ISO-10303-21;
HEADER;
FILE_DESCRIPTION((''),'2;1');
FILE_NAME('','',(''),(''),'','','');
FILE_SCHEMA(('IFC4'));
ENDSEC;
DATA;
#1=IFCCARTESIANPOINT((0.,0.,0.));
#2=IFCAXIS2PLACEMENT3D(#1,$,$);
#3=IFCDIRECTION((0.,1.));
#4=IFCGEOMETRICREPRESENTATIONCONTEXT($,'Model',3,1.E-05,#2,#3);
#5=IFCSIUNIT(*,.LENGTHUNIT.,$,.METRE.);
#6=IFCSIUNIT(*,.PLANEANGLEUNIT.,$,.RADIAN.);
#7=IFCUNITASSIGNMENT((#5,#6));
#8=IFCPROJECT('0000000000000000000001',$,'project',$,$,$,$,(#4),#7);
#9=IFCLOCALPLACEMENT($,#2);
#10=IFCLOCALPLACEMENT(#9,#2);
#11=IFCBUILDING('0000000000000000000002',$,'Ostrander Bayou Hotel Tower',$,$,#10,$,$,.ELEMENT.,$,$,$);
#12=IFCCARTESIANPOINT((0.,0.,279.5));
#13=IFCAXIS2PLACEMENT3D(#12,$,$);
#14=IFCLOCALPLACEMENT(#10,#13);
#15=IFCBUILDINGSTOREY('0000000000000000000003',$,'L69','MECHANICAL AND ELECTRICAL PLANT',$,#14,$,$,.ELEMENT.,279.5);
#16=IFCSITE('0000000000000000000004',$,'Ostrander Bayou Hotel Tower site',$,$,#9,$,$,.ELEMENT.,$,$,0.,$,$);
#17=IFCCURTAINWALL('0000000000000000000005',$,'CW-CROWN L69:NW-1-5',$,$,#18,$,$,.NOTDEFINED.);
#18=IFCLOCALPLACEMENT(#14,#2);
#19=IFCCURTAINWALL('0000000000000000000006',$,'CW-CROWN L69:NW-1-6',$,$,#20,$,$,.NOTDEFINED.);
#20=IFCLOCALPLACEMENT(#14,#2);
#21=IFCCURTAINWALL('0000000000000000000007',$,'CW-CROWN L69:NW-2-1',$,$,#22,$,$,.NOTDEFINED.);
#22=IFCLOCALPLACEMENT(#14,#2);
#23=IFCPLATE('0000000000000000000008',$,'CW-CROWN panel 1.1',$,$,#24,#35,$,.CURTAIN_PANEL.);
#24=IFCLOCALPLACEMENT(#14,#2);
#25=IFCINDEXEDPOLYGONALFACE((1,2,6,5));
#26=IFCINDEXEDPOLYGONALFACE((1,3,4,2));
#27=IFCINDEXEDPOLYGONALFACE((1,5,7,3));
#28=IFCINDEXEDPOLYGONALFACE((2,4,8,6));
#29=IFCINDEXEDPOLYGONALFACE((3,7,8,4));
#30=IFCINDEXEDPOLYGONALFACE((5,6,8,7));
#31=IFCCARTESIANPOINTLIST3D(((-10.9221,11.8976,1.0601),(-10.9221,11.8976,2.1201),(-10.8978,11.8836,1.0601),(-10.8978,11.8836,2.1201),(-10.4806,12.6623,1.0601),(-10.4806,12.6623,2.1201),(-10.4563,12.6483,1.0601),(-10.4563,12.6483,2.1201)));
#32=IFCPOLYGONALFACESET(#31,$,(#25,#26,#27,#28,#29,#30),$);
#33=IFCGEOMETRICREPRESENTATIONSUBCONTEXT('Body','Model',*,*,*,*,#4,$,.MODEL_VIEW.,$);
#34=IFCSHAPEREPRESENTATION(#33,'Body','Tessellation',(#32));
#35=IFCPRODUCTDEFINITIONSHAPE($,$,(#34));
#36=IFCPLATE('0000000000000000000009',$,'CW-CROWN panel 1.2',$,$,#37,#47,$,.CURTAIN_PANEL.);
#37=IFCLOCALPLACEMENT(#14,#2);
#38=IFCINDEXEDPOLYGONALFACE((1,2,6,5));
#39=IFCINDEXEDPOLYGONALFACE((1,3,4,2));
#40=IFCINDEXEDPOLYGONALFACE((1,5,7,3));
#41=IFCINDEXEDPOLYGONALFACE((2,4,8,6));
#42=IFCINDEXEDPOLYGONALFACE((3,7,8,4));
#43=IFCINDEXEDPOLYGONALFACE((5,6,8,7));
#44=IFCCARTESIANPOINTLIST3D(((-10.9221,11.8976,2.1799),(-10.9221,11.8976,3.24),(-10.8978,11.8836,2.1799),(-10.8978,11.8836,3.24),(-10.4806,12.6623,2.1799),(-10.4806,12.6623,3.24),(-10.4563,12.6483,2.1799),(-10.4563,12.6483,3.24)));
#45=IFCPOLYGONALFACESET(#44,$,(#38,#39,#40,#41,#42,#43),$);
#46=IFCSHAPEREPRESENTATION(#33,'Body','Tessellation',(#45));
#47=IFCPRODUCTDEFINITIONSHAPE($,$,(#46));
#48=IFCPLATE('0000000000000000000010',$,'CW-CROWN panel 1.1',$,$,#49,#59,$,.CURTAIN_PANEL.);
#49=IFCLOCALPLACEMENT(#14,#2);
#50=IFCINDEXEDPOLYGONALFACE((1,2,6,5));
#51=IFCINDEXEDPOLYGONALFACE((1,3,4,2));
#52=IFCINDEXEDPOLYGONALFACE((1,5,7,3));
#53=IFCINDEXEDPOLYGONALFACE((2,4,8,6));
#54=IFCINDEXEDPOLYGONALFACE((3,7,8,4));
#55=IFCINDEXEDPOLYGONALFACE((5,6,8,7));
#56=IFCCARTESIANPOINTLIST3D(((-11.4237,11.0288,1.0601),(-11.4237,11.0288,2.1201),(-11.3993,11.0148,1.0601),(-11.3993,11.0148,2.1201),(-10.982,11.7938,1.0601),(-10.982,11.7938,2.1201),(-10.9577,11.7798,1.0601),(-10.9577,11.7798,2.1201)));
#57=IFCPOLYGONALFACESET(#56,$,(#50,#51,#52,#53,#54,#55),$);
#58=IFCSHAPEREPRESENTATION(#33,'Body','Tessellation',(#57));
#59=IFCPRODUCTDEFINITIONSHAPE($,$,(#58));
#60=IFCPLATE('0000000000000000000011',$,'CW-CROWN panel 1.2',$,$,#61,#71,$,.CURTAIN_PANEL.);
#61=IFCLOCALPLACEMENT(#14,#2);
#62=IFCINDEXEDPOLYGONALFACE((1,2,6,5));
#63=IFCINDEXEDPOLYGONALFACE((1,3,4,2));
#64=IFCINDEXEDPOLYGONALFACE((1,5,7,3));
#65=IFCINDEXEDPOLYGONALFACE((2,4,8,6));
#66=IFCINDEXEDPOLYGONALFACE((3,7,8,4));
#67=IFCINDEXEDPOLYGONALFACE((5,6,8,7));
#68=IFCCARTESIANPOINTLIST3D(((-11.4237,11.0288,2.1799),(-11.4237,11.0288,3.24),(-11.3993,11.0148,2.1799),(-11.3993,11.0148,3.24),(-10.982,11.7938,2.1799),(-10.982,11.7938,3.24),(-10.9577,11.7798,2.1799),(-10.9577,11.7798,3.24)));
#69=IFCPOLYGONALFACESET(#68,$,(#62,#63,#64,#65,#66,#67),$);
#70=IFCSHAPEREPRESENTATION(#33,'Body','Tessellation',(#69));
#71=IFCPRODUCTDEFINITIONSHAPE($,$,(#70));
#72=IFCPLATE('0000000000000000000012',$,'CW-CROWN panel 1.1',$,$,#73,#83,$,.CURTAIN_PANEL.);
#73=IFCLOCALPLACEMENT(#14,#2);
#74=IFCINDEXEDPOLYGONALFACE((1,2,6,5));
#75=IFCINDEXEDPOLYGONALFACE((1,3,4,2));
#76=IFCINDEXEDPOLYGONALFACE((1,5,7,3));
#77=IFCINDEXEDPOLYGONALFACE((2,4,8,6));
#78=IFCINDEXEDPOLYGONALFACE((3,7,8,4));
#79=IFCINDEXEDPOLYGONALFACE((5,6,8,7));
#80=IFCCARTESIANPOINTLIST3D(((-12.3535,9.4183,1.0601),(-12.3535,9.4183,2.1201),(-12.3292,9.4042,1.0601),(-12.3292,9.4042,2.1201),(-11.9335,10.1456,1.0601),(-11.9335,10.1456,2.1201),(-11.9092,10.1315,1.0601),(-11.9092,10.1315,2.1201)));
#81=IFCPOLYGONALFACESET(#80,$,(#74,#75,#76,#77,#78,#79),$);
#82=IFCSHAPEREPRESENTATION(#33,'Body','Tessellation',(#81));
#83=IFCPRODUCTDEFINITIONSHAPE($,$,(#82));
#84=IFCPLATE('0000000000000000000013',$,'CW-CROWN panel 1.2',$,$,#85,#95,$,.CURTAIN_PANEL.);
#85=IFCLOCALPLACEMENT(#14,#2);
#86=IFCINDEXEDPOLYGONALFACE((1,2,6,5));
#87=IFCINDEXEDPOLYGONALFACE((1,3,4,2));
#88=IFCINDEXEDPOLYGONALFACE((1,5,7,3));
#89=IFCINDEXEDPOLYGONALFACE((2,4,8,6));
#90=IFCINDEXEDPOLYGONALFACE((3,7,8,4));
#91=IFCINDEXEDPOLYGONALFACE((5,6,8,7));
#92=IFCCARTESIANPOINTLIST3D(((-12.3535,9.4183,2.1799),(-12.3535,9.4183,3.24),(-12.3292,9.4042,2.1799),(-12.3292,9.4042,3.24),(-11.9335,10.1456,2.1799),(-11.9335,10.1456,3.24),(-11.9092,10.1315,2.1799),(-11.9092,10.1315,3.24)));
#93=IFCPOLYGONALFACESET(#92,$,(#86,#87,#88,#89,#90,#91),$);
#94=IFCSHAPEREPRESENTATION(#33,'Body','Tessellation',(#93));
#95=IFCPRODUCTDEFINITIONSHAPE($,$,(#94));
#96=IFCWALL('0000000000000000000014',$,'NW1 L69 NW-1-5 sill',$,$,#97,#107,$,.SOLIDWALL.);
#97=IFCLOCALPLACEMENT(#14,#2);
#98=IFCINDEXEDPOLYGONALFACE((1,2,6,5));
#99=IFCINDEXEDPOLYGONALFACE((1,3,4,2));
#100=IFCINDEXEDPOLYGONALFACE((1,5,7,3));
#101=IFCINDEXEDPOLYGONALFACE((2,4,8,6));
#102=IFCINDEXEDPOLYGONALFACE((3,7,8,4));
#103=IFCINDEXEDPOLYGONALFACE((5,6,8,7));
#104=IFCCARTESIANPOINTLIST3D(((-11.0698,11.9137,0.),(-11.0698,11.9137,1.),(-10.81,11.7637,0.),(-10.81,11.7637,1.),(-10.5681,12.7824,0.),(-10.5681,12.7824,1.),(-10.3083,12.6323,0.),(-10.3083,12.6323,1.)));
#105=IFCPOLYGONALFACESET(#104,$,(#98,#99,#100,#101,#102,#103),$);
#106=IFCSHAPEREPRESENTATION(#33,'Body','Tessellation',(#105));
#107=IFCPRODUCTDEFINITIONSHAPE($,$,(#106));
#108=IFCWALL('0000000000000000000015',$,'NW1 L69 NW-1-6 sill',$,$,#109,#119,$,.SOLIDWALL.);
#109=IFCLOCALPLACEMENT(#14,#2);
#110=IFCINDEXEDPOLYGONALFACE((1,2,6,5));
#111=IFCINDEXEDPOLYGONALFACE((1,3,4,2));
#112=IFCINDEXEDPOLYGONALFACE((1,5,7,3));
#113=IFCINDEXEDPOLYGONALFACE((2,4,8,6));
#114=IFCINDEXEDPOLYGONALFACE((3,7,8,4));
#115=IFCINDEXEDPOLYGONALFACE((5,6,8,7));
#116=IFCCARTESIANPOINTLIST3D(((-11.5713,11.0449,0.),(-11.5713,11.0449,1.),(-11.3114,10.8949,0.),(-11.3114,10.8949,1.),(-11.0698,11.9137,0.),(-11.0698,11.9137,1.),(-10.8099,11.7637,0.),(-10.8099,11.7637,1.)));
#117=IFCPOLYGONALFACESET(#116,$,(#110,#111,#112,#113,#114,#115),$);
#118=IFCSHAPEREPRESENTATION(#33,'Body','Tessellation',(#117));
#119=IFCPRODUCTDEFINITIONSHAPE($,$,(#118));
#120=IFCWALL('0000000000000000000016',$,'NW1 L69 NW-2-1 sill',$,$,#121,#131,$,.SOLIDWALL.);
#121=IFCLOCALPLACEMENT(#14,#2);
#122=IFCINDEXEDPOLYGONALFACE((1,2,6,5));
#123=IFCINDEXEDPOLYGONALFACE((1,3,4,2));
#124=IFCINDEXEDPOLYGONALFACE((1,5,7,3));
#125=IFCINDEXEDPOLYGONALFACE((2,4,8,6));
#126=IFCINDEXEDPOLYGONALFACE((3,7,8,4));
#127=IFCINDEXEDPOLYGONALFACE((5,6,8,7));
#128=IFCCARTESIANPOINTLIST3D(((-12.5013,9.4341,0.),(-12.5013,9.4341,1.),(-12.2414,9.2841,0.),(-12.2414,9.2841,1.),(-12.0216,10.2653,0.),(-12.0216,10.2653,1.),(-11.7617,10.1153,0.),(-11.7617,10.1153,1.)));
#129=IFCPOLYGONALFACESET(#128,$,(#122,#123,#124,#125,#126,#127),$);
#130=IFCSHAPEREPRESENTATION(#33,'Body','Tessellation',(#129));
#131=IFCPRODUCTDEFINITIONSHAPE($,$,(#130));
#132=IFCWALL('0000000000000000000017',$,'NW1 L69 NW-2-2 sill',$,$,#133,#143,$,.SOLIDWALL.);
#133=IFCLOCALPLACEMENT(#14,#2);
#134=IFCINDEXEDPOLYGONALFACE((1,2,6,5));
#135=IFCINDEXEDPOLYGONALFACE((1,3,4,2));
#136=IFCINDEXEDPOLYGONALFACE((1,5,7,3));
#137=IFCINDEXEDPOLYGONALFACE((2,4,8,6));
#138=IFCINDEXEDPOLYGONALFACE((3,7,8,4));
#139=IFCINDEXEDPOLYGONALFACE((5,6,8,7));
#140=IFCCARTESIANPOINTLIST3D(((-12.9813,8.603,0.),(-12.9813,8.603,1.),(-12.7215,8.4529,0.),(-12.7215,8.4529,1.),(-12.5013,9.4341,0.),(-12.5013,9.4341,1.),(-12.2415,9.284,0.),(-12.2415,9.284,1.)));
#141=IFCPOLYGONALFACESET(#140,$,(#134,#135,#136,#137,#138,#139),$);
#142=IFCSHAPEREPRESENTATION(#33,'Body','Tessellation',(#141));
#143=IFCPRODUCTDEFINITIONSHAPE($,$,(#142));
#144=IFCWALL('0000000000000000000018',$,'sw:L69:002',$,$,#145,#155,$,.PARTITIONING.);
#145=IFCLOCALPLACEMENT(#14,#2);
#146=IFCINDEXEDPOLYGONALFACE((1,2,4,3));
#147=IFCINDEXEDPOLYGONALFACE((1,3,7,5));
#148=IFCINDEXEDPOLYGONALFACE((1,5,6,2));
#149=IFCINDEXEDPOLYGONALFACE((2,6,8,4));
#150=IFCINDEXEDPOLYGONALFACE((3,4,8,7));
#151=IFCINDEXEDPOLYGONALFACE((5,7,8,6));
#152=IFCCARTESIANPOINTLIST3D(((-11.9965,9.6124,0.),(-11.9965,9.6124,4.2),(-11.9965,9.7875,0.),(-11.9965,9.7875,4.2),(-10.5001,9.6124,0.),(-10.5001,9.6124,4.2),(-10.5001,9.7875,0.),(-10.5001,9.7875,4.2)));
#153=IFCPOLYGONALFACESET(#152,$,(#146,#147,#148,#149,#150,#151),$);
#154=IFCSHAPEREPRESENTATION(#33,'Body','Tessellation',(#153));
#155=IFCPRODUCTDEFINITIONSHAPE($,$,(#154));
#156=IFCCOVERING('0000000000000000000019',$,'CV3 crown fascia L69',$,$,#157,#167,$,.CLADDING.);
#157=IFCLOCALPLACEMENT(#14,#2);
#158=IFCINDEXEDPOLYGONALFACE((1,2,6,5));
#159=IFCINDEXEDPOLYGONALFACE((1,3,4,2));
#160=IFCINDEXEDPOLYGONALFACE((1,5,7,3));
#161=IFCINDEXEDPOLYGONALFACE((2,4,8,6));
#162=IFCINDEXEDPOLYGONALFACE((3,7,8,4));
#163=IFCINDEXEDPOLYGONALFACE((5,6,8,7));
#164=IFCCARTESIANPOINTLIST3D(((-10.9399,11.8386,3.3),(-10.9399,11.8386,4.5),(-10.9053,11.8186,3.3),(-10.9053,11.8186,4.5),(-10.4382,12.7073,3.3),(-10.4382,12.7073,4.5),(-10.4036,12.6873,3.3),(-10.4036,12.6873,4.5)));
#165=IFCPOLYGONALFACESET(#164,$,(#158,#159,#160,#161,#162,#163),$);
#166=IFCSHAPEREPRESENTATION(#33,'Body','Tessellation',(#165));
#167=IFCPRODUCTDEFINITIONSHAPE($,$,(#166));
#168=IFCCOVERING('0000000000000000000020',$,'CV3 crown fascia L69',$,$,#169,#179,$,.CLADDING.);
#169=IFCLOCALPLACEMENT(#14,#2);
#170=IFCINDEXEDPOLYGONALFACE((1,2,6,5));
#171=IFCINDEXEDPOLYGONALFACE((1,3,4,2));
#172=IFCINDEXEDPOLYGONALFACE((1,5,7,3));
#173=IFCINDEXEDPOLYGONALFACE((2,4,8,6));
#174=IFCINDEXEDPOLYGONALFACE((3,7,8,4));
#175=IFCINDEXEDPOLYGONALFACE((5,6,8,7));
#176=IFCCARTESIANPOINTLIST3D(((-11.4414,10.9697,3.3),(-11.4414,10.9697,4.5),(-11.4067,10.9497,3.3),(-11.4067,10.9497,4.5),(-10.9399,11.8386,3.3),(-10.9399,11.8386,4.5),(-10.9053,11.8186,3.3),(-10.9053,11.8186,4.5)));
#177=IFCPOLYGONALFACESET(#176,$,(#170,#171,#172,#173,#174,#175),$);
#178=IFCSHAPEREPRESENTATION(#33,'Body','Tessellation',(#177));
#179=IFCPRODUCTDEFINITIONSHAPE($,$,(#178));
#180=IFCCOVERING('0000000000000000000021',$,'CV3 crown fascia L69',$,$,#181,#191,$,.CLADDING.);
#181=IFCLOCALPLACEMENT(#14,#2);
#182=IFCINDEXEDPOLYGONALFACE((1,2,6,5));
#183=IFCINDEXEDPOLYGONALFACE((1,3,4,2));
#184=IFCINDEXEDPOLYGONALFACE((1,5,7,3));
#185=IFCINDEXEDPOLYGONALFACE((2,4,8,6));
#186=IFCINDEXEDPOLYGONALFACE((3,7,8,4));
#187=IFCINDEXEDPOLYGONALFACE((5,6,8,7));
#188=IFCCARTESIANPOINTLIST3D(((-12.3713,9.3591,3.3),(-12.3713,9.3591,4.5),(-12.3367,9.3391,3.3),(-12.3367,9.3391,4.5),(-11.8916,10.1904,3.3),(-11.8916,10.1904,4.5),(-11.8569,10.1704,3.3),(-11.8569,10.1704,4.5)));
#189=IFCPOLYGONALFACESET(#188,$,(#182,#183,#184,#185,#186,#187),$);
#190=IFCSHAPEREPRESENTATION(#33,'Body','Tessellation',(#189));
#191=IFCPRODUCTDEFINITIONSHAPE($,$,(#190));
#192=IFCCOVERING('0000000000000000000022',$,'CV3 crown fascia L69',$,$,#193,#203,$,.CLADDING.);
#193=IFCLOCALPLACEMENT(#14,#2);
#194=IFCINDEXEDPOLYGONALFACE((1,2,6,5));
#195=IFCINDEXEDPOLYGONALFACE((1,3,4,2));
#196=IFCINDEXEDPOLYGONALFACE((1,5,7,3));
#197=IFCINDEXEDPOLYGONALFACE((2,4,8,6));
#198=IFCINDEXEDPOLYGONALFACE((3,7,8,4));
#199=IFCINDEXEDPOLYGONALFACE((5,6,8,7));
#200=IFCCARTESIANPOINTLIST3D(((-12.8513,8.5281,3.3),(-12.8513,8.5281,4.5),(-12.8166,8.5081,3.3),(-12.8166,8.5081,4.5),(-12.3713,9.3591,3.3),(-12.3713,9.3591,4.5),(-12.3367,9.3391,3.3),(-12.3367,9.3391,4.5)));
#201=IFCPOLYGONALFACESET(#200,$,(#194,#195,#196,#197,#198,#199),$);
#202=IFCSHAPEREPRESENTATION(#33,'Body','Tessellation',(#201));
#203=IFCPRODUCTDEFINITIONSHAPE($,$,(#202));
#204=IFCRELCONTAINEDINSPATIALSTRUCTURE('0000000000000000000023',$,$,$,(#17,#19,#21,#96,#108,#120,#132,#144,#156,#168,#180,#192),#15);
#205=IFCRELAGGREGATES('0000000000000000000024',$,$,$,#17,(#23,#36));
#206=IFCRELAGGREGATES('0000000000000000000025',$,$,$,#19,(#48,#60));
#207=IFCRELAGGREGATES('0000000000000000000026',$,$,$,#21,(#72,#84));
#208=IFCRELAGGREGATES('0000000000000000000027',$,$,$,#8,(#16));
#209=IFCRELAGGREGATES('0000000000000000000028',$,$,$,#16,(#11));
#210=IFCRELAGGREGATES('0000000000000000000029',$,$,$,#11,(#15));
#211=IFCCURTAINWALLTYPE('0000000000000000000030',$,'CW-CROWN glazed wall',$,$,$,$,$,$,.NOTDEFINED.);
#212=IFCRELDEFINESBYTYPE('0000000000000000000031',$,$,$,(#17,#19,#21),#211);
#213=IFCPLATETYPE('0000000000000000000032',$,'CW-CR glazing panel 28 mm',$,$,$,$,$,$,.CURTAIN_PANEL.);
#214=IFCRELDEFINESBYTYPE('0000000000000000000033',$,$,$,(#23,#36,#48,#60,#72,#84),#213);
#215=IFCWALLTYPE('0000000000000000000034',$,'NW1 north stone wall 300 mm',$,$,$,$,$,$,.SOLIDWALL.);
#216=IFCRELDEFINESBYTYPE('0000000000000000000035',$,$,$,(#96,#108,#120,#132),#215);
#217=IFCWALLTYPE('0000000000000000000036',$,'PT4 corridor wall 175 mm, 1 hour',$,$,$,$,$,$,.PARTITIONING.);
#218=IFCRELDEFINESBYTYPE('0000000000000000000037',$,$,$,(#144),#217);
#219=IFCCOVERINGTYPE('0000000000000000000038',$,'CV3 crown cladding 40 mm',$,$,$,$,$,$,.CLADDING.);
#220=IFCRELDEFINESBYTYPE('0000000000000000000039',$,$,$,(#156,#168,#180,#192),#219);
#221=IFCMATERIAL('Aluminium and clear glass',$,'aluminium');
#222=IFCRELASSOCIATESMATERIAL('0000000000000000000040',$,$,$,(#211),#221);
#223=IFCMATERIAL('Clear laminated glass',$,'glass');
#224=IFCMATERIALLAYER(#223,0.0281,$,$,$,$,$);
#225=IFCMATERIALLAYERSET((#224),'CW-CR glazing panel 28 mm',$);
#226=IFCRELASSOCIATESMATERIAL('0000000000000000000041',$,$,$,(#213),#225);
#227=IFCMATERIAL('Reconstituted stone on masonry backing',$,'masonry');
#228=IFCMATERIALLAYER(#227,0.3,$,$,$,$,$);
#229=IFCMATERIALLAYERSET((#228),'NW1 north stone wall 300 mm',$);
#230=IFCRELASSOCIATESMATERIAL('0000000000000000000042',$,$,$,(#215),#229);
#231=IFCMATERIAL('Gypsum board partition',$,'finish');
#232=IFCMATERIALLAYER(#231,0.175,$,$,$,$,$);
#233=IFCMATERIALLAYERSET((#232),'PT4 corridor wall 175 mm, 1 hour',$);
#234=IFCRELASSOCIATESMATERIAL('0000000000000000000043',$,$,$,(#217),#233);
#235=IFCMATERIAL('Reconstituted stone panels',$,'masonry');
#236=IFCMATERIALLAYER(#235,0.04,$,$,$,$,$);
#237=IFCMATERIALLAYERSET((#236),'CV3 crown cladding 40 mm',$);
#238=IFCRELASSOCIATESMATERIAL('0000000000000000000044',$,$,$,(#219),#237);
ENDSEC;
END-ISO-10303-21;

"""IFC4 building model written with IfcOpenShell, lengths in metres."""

from ifc_helpers import new_model, si_unit, direction, frame, frame_2d, origin, origin_2d, place, context, subcontext, project, spatial, polyline, rectangle, outline, extrude, material, layer, layer_set, type_object, element, aggregate, save


model = new_model("IFC4")

# Units and contexts
model_context = context("Model", 3, precision=1e-05, world=origin(), true_north=direction((0.0, 1.0)))
body_context = subcontext(model_context, "Body", "Model", "MODEL_VIEW")
ifc_project = project(units=[si_unit("LENGTHUNIT", "METRE"), si_unit("PLANEANGLEUNIT", "RADIAN")], contexts=[model_context])

# Site, building, storey
site_placement = place(None, origin())
site = spatial("IfcSite", under=ifc_project, at=site_placement, Name="Ostrander Bayou Hotel Tower site", CompositionType="ELEMENT", RefElevation=0.0)
building_placement = place(site_placement, origin())
building = spatial("IfcBuilding", under=site, at=building_placement, Name="Ostrander Bayou Hotel Tower", CompositionType="ELEMENT")
storey_placement = place(building_placement, frame((0.0, 0.0, 279.5)))
storey = spatial("IfcBuildingStorey", under=building, at=storey_placement, Name="L69", Description="MECHANICAL AND ELECTRICAL PLANT", CompositionType="ELEMENT", Elevation=279.5)

# Shared definitions
ifc_material_1 = material(Name="Aluminium and clear glass", Category="aluminium")
curtain_wall_type = type_object("IfcCurtainWallType", Name="CW-CROWN glazed wall", PredefinedType="NOTDEFINED", material=ifc_material_1)

# Curtain walls
curtain_wall_1_placement = place(storey_placement, origin())
curtain_wall_1 = element("IfcCurtainWall", 1, at=curtain_wall_1_placement, inside=storey, type_object=curtain_wall_type, Name="CW-CROWN L69:NW-1-5", PredefinedType="NOTDEFINED")
curtain_wall_2_placement = place(storey_placement, origin())
curtain_wall_2 = element("IfcCurtainWall", 2, at=curtain_wall_2_placement, inside=storey, type_object=curtain_wall_type, Name="CW-CROWN L69:NW-1-6", PredefinedType="NOTDEFINED")
curtain_wall_3_placement = place(storey_placement, origin())
curtain_wall_3 = element("IfcCurtainWall", 3, at=curtain_wall_3_placement, inside=storey, type_object=curtain_wall_type, Name="CW-CROWN L69:NW-2-1", PredefinedType="NOTDEFINED")

# Plates
ifc_material_2 = material(Name="Clear laminated glass", Category="glass")
ifc_layer_1 = layer(ifc_material_2, 0.0281)
ifc_layer_set_1 = layer_set([ifc_layer_1], Name="CW-CR glazing panel 28 mm")
plate_type = type_object("IfcPlateType", Name="CW-CR glazing panel 28 mm", PredefinedType="CURTAIN_PANEL", material=ifc_layer_set_1)
plate_1_placement = place(storey_placement, frame((-10.6892, 12.2729, 1.0601), z_axis=(0.0, 0.0, 1.0), x_axis=(-0.500042, -0.866001, 0.0)))
plate_1 = element("IfcPlate", 4, at=plate_1_placement, type_object=plate_type, Name="CW-CROWN panel 1.1", PredefinedType="CURTAIN_PANEL", context=body_context, shape_type="SweptSolid", body=[
    extrude(rectangle(XDim=0.8831, YDim=0.0281, at=origin_2d()), origin(), (0.0, 0.0, 1.0), 1.0601),
])
plate_2_placement = place(storey_placement, frame((-10.6892, 12.2729, 2.1799), z_axis=(0.0, 0.0, 1.0), x_axis=(-0.500042, -0.866001, 0.0)))
plate_2 = element("IfcPlate", 5, at=plate_2_placement, type_object=plate_type, Name="CW-CROWN panel 1.2", PredefinedType="CURTAIN_PANEL", context=body_context, shape_type="SweptSolid", body=[
    extrude(rectangle(XDim=0.8831, YDim=0.0281, at=origin_2d()), origin(), (0.0, 0.0, 1.0), 1.0601),
])
aggregate(curtain_wall_1, [plate_1, plate_2])
plate_3_placement = place(storey_placement, frame((-11.1907, 11.4043, 1.0601), z_axis=(0.0, 0.0, 1.0), x_axis=(-0.499999, -0.866026, 0.0)))
plate_3 = element("IfcPlate", 6, at=plate_3_placement, type_object=plate_type, Name="CW-CROWN panel 1.1", PredefinedType="CURTAIN_PANEL", context=body_context, shape_type="SweptSolid", body=[
    extrude(rectangle(XDim=0.8833, YDim=0.0281, at=origin_2d()), origin(), (0.0, 0.0, 1.0), 1.0601),
])
plate_4_placement = place(storey_placement, frame((-11.1907, 11.4043, 2.1799), z_axis=(0.0, 0.0, 1.0), x_axis=(-0.499999, -0.866026, 0.0)))
plate_4 = element("IfcPlate", 7, at=plate_4_placement, type_object=plate_type, Name="CW-CROWN panel 1.2", PredefinedType="CURTAIN_PANEL", context=body_context, shape_type="SweptSolid", body=[
    extrude(rectangle(XDim=0.8833, YDim=0.0281, at=origin_2d()), origin(), (0.0, 0.0, 1.0), 1.0601),
])
aggregate(curtain_wall_2, [plate_3, plate_4])
plate_5_placement = place(storey_placement, frame((-12.1313, 9.7749, 1.0601), z_axis=(0.0, 0.0, 1.0), x_axis=(-0.500005, -0.866022, 0.0)))
plate_5 = element("IfcPlate", 8, at=plate_5_placement, type_object=plate_type, Name="CW-CROWN panel 1.1", PredefinedType="CURTAIN_PANEL", context=body_context, shape_type="SweptSolid", body=[
    extrude(rectangle(XDim=0.8398, YDim=0.0281, at=origin_2d()), origin(), (0.0, 0.0, 1.0), 1.0601),
])
plate_6_placement = place(storey_placement, frame((-12.1313, 9.7749, 2.1799), z_axis=(0.0, 0.0, 1.0), x_axis=(-0.500005, -0.866022, 0.0)))
plate_6 = element("IfcPlate", 9, at=plate_6_placement, type_object=plate_type, Name="CW-CROWN panel 1.2", PredefinedType="CURTAIN_PANEL", context=body_context, shape_type="SweptSolid", body=[
    extrude(rectangle(XDim=0.8398, YDim=0.0281, at=origin_2d()), origin(), (0.0, 0.0, 1.0), 1.0601),
])
aggregate(curtain_wall_3, [plate_5, plate_6])

# Walls
ifc_material_3 = material(Name="Reconstituted stone on masonry backing", Category="masonry")
ifc_layer_2 = layer(ifc_material_3, 0.3)
ifc_layer_set_2 = layer_set([ifc_layer_2], Name="NW1 north stone wall 300 mm")
wall_type_1 = type_object("IfcWallType", Name="NW1 north stone wall 300 mm", PredefinedType="SOLIDWALL", material=ifc_layer_set_2)
for number, where, z_axis, x_axis, name in (
    (10, (-10.4382, 12.7073, 0.0), (0.0, 0.0, 1.0), (-0.500144, -0.865942, 0.0), "NW1 L69 NW-1-5 sill"),
    (11, (-10.9399, 11.8386, 0.0), (0.0, 0.0, 1.0), (-0.499856, -0.866109, 0.0), "NW1 L69 NW-1-6 sill"),
):
    element("IfcWall", number, at=place(storey_placement, frame(where, z_axis=z_axis, x_axis=x_axis)), inside=storey, type_object=wall_type_1, Name=name, PredefinedType="SOLIDWALL", context=body_context, shape_type="SweptSolid", body=[
        extrude(rectangle(XDim=1.0032, YDim=0.3, at=frame_2d((0.5015, 0.0))), origin(), (0.0, 0.0, 1.0), 1.0),
    ])
for number, where, z_axis, x_axis, name in (
    (12, (-11.8916, 10.1904, 0.0), (0.0, 0.0, 1.0), (-0.499833, -0.866122, 0.0), "NW1 L69 NW-2-1 sill"),
    (13, (-12.3713, 9.3591, 0.0), (0.0, 0.0, 1.0), (-0.500133, -0.865948, 0.0), "NW1 L69 NW-2-2 sill"),
):
    element("IfcWall", number, at=place(storey_placement, frame(where, z_axis=z_axis, x_axis=x_axis)), inside=storey, type_object=wall_type_1, Name=name, PredefinedType="SOLIDWALL", context=body_context, shape_type="SweptSolid", body=[
        extrude(rectangle(XDim=0.9597, YDim=0.3, at=frame_2d((0.48, 0.0))), origin(), (0.0, 0.0, 1.0), 1.0),
    ])
ifc_material_4 = material(Name="Gypsum board partition", Category="finish")
ifc_layer_3 = layer(ifc_material_4, 0.175)
ifc_layer_set_3 = layer_set([ifc_layer_3], Name="PT4 corridor wall 175 mm, 1 hour")
wall_type_2 = type_object("IfcWallType", Name="PT4 corridor wall 175 mm, 1 hour", PredefinedType="PARTITIONING", material=ifc_layer_set_3)
wall_placement = place(storey_placement, frame((-11.9963, 9.7, 0.0), z_axis=(0.0, 0.0, 1.0), x_axis=(1.0, 0.0, 0.0)))
element("IfcWall", 14, at=wall_placement, inside=storey, type_object=wall_type_2, Name="sw:L69:002", PredefinedType="PARTITIONING", context=body_context, shape_type="SweptSolid", body=[
    extrude(rectangle(XDim=1.4963, YDim=0.175, at=frame_2d((0.748, 0.0))), origin(), (0.0, 0.0, 1.0), 4.2),
])

# Coverings
ifc_material_5 = material(Name="Reconstituted stone panels", Category="masonry")
ifc_layer_4 = layer(ifc_material_5, 0.04)
ifc_layer_set_4 = layer_set([ifc_layer_4], Name="CV3 crown cladding 40 mm")
covering_type = type_object("IfcCoveringType", Name="CV3 crown cladding 40 mm", PredefinedType="CLADDING", material=ifc_layer_set_4)
covering_1_placement = place(storey_placement, frame((-10.4382, 12.7073, 3.3), z_axis=(-0.865942, 0.500144, 0.0), x_axis=(-0.500144, -0.865942, 0.0)))
element("IfcCovering", 15, at=covering_1_placement, inside=storey, type_object=covering_type, Name="CV3 crown fascia L69", PredefinedType="CLADDING", context=body_context, shape_type="SweptSolid", body=[
    extrude(outline(polyline([(0.0, 0.0), (1.0031, 0.0), (1.0031, 1.2), (0.0, 1.2), (0.0, 0.0)])), origin(), (0.0, 0.0, -1.0), 0.04),
])
covering_2_placement = place(storey_placement, frame((-10.9399, 11.8386, 3.3), z_axis=(-0.866109, 0.499856, 0.0), x_axis=(-0.499856, -0.866109, 0.0)))
element("IfcCovering", 16, at=covering_2_placement, inside=storey, type_object=covering_type, Name="CV3 crown fascia L69", PredefinedType="CLADDING", context=body_context, shape_type="SweptSolid", body=[
    extrude(outline(polyline([(0.0, 0.0), (1.0032, 0.0), (1.0032, 1.2), (0.0, 1.2), (0.0, 0.0)])), origin(), (0.0, 0.0, -1.0), 0.04),
])
covering_3_placement = place(storey_placement, frame((-11.8916, 10.1904, 3.3), z_axis=(-0.866122, 0.499833, 0.0), x_axis=(-0.499833, -0.866122, 0.0)))
element("IfcCovering", 17, at=covering_3_placement, inside=storey, type_object=covering_type, Name="CV3 crown fascia L69", PredefinedType="CLADDING", context=body_context, shape_type="SweptSolid", body=[
    extrude(outline(polyline([(0.0, 0.0), (0.9598, 0.0), (0.9598, 1.2), (0.0, 1.2), (0.0, 0.0)])), origin(), (0.0, 0.0, -1.0), 0.04),
])
covering_4_placement = place(storey_placement, frame((-12.3713, 9.3591, 3.3), z_axis=(-0.865948, 0.500133, 0.0), x_axis=(-0.500133, -0.865948, 0.0)))
element("IfcCovering", 18, at=covering_4_placement, inside=storey, type_object=covering_type, Name="CV3 crown fascia L69", PredefinedType="CLADDING", context=body_context, shape_type="SweptSolid", body=[
    extrude(outline(polyline([(0.0, 0.0), (0.9597, 0.0), (0.9597, 1.2), (0.0, 1.2), (0.0, 0.0)])), origin(), (0.0, 0.0, -1.0), 0.04),
])

save(model, "model.ifc")
